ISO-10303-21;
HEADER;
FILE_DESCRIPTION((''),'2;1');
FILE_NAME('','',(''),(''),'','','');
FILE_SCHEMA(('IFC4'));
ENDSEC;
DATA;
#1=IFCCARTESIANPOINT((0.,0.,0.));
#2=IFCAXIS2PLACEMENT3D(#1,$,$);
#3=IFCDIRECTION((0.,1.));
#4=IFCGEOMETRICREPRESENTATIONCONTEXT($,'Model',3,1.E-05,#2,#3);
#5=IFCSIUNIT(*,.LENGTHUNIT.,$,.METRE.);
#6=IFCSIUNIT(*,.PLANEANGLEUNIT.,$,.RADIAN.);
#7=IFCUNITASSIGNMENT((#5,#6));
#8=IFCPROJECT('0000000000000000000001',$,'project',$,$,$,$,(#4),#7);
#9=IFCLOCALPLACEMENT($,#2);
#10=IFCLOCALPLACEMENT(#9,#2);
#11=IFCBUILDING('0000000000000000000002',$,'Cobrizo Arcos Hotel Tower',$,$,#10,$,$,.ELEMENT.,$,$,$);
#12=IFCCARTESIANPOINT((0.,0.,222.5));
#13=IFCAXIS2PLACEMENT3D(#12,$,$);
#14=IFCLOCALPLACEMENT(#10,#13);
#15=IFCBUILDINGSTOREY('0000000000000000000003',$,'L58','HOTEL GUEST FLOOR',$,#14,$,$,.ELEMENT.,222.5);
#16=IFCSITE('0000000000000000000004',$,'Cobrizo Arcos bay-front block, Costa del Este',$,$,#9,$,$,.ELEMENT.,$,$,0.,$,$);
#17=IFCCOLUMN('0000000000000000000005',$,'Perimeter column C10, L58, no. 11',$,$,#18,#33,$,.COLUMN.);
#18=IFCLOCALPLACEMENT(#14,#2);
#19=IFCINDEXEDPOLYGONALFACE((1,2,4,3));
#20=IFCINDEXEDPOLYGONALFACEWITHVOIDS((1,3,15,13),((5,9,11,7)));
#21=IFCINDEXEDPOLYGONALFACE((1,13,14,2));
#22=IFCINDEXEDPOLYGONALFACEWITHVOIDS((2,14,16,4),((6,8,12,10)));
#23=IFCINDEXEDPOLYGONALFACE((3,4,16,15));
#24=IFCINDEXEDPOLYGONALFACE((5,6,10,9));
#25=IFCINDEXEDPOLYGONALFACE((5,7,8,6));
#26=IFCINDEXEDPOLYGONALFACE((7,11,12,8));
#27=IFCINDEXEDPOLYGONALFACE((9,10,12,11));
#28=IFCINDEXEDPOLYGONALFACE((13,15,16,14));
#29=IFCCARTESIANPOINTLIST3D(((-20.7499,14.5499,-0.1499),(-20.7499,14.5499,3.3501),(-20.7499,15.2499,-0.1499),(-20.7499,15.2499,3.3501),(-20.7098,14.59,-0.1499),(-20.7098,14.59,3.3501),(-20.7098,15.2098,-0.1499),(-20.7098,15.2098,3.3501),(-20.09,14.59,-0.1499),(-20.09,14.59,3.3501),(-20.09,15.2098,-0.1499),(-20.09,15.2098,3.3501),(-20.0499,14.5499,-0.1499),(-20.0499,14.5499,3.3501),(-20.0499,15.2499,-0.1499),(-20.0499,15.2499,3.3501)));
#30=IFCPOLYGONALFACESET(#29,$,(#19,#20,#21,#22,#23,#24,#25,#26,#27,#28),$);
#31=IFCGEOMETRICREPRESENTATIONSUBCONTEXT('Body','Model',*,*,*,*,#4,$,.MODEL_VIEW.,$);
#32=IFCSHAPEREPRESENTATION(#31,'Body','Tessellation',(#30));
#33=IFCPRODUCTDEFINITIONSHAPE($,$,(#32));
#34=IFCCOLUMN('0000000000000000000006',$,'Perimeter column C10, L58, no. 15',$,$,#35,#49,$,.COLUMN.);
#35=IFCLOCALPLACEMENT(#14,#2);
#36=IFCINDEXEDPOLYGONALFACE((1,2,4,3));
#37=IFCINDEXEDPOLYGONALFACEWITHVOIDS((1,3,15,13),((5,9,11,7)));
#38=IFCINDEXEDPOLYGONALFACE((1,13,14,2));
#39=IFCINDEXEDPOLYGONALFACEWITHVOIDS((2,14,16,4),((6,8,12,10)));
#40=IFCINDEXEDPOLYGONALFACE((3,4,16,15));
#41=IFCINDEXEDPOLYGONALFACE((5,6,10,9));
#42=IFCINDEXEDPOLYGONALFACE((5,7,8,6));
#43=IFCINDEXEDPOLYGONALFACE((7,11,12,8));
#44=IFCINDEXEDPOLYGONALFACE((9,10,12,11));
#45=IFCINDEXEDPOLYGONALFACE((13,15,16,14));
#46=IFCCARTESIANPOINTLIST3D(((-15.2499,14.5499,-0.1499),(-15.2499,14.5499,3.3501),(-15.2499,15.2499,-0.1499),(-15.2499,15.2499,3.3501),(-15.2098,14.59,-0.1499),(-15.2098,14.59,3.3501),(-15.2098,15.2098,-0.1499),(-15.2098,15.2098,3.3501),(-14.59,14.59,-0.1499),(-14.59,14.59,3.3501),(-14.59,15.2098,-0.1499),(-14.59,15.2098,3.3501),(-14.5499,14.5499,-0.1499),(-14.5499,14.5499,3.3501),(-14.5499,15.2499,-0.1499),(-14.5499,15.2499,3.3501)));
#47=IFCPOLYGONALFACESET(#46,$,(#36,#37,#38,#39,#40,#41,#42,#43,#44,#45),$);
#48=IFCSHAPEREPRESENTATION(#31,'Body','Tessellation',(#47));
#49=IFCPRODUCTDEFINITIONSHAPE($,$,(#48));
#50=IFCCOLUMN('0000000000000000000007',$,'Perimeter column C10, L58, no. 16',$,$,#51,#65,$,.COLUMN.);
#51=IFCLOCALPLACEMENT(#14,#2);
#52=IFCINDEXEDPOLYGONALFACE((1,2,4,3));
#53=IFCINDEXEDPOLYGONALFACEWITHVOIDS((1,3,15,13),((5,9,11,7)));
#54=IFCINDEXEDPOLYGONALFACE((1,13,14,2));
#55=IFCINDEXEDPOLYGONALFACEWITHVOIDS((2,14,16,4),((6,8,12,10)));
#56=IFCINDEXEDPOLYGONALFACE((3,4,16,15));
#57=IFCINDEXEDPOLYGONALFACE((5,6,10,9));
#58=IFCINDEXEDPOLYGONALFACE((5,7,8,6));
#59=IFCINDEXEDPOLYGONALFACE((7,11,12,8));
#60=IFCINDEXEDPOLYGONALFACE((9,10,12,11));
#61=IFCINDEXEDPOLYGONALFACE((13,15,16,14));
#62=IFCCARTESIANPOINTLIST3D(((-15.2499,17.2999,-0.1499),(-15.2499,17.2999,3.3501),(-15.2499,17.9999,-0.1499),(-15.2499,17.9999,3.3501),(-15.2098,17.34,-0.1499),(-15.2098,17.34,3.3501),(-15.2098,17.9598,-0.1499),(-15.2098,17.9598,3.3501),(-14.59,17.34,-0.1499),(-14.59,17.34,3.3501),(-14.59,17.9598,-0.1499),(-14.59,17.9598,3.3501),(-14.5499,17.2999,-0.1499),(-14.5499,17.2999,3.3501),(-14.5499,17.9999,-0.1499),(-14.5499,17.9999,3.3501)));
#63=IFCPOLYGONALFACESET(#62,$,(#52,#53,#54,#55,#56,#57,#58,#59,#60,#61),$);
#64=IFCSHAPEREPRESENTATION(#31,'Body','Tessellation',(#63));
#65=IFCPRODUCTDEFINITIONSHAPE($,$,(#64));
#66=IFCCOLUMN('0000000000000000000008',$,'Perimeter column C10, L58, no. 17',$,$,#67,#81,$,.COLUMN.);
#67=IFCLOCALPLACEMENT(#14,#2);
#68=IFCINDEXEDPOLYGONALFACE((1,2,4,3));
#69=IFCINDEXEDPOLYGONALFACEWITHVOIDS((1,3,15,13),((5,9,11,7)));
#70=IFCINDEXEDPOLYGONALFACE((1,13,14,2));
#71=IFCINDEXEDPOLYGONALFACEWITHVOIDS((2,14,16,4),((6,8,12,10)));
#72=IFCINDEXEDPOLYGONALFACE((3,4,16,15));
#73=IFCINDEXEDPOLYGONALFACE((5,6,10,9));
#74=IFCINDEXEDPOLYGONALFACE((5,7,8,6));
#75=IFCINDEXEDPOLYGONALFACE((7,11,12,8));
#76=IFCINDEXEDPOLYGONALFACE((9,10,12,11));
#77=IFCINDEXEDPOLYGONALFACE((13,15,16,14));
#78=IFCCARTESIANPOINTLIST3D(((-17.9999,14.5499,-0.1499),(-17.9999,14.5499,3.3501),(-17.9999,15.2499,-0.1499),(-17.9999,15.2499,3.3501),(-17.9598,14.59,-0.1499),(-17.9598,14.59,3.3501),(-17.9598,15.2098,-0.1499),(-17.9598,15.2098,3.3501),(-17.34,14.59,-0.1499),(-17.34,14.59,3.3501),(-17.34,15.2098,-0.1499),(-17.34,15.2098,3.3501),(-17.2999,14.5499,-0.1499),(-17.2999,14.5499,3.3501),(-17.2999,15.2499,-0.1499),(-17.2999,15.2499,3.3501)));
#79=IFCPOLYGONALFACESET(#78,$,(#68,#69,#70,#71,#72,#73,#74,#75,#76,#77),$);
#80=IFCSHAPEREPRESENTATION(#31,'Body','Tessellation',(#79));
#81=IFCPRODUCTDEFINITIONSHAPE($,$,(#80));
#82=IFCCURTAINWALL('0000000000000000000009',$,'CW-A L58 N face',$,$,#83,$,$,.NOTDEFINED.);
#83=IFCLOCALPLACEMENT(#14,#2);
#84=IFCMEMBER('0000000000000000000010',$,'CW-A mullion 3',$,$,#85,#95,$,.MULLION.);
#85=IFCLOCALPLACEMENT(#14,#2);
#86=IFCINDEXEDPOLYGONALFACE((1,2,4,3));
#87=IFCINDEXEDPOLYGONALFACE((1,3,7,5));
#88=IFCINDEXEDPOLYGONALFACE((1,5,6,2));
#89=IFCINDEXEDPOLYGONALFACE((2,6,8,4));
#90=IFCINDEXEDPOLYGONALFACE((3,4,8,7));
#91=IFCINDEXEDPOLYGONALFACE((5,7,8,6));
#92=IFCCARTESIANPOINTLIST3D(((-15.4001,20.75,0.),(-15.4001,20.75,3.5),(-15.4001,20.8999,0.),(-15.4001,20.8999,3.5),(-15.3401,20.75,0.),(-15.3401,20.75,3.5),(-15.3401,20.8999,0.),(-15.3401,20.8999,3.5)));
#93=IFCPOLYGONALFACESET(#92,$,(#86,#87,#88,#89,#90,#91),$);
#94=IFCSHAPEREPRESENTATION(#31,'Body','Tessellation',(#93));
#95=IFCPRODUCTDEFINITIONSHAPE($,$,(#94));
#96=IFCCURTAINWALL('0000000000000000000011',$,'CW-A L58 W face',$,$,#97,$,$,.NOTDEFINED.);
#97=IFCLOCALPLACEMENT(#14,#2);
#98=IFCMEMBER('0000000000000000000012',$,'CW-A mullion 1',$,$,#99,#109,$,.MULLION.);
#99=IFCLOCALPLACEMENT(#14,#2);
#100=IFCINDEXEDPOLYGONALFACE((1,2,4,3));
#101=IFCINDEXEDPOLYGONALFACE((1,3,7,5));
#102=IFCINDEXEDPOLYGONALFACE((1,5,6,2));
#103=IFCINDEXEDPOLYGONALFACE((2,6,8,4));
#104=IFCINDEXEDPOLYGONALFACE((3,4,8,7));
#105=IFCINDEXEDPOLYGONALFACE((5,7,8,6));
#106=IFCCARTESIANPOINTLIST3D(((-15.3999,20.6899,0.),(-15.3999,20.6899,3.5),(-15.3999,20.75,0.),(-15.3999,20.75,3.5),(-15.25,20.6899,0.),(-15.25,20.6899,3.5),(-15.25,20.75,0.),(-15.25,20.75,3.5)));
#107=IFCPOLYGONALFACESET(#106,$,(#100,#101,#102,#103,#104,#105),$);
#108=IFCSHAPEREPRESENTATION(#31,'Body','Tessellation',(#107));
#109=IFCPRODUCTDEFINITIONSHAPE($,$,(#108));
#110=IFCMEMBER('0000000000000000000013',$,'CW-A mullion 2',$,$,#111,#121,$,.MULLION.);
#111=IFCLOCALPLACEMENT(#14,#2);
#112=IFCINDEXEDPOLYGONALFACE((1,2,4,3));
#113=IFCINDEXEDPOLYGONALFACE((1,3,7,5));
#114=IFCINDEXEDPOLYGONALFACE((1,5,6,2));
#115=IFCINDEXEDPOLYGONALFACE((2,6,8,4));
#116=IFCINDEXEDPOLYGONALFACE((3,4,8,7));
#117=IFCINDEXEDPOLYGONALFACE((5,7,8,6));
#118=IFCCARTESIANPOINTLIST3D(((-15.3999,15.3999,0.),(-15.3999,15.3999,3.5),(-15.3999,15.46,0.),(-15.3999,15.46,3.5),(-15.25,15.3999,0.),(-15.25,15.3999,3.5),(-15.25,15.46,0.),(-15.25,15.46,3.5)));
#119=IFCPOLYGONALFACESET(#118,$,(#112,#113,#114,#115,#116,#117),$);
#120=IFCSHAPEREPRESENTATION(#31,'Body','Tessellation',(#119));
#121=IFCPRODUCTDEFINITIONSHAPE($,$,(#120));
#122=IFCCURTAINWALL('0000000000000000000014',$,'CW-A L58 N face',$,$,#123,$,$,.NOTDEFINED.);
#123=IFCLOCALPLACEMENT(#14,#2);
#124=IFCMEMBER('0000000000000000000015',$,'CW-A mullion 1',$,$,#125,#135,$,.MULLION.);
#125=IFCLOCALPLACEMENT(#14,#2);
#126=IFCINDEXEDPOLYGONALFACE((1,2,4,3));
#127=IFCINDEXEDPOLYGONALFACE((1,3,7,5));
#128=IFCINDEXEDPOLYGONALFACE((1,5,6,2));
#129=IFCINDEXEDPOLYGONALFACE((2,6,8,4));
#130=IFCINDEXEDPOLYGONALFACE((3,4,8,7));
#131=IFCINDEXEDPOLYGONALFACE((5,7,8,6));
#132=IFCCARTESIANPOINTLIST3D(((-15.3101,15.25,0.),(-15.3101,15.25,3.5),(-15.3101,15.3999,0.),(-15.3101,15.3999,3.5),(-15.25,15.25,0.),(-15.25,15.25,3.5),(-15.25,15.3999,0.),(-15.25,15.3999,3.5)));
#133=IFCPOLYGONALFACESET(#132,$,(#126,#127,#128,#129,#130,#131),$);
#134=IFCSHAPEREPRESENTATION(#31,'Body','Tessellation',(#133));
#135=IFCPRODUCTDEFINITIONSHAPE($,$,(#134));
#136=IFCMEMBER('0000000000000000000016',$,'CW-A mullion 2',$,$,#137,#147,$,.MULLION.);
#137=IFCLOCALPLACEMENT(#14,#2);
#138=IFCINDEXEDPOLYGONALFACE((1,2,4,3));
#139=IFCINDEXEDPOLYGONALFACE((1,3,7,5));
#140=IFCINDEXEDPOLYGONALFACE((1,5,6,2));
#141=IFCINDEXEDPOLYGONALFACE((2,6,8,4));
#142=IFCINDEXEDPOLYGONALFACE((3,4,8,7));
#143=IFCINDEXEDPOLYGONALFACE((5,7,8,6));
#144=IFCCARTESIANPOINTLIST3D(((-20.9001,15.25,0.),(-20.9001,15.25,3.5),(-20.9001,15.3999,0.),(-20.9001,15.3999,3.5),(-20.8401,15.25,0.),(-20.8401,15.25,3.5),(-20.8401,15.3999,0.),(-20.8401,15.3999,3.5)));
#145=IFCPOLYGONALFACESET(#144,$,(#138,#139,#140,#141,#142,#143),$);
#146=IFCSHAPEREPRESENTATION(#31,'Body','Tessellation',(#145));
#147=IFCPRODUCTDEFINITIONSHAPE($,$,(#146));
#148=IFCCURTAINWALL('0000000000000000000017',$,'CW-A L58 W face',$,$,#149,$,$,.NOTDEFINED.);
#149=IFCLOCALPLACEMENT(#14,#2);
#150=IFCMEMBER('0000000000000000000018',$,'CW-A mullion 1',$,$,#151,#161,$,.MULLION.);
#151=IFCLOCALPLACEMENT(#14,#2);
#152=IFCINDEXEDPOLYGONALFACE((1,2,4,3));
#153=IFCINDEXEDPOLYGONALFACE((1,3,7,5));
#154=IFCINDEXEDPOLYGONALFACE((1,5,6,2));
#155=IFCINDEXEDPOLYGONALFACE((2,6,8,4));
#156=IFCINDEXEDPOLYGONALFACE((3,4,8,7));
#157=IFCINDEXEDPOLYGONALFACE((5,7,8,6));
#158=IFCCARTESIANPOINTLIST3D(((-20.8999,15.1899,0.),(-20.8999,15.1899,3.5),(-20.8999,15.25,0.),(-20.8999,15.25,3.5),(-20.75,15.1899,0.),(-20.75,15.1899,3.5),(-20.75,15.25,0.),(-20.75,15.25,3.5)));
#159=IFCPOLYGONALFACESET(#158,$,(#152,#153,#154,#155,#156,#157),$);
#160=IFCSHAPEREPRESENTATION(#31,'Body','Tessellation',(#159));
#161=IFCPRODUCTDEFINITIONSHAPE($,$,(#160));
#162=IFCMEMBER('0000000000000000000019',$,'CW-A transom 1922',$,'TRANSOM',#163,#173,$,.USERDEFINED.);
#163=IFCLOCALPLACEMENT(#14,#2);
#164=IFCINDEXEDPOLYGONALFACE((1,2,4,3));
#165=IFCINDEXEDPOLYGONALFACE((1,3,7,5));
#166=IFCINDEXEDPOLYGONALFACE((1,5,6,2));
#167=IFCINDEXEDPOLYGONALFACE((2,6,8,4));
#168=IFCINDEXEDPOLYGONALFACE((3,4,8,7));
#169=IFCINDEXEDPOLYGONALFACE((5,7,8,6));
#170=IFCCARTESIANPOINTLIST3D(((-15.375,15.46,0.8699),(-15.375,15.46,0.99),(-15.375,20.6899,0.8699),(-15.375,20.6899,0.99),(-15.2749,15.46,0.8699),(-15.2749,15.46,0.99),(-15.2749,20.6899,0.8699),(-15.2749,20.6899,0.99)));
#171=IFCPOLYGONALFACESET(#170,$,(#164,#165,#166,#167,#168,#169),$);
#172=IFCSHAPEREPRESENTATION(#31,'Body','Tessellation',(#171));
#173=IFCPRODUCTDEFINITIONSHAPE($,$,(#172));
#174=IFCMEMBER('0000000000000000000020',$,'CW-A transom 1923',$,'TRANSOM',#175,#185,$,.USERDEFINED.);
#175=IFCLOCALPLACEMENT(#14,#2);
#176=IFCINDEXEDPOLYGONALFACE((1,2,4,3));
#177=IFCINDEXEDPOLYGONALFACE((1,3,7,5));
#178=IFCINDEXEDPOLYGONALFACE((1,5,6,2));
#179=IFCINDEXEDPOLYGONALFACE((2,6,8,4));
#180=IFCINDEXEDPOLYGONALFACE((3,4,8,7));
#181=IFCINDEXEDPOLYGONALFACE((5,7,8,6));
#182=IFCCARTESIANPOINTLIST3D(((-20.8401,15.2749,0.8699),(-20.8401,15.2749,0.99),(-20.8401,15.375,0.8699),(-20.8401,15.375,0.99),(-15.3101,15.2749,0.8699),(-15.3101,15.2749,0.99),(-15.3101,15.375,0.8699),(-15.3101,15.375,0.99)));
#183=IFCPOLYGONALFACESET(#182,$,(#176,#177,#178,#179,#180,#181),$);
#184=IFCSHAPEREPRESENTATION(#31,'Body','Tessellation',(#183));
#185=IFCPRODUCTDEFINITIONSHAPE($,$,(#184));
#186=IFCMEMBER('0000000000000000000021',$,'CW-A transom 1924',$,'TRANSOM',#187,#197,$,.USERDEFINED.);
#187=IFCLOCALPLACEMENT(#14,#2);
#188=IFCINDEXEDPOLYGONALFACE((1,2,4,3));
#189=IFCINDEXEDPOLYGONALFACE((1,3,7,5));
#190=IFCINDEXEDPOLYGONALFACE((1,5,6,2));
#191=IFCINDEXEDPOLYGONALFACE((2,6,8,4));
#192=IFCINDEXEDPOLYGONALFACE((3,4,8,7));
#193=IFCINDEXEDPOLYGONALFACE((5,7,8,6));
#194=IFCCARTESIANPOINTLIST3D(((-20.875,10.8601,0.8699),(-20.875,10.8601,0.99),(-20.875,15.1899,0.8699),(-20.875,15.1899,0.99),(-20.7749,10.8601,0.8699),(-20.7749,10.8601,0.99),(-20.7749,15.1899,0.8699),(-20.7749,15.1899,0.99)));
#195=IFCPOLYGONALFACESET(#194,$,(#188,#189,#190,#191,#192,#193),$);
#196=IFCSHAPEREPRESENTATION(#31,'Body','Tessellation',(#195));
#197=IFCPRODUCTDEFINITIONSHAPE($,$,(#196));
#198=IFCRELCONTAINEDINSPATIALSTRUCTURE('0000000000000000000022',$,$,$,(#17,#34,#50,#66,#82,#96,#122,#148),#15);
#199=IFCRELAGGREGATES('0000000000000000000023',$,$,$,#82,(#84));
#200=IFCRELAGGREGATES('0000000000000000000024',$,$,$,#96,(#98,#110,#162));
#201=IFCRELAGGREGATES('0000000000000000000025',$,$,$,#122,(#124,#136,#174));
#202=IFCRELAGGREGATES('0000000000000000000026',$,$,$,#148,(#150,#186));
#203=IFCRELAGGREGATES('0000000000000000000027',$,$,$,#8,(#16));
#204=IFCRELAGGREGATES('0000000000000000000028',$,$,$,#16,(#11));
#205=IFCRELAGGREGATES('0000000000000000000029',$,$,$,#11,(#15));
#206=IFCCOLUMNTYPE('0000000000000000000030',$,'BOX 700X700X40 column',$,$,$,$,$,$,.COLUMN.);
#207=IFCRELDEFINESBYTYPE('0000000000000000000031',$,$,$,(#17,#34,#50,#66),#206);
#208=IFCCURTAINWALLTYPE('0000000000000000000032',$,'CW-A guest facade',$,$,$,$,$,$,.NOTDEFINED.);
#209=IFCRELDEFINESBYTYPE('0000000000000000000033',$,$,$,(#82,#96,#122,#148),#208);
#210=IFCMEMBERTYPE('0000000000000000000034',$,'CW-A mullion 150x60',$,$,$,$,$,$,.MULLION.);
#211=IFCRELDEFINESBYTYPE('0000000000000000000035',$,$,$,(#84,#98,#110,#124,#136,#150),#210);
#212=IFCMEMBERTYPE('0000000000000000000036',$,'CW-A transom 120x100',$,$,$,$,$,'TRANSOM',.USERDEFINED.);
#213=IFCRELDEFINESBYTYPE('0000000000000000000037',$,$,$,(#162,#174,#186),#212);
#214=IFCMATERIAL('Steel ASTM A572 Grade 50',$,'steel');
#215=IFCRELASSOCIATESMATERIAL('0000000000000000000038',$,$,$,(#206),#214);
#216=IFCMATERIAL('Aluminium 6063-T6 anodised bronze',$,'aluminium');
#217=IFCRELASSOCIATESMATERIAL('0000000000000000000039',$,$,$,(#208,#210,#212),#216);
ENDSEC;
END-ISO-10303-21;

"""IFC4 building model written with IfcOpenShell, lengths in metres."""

from ifc_helpers import new_model, si_unit, direction, frame, origin, origin_2d, place, context, subcontext, project, spatial, rectangle, hollow_rectangle, extrude, material, material_profile, profile_set, type_object, element, aggregate, save


model = new_model("IFC4")

# Units and contexts
model_context = context("Model", 3, precision=1e-05, world=origin(), true_north=direction((0.0, 1.0)))
body_context = subcontext(model_context, "Body", "Model", "MODEL_VIEW")
ifc_project = project(units=[si_unit("LENGTHUNIT", "METRE"), si_unit("PLANEANGLEUNIT", "RADIAN")], contexts=[model_context])

# Site, building, storey
site_placement = place(None, origin())
site = spatial("IfcSite", under=ifc_project, at=site_placement, Name="Cobrizo Arcos bay-front block, Costa del Este", CompositionType="ELEMENT", RefElevation=0.0)
building_placement = place(site_placement, origin())
building = spatial("IfcBuilding", under=site, at=building_placement, Name="Cobrizo Arcos Hotel Tower", CompositionType="ELEMENT")
storey_placement = place(building_placement, frame((0.0, 0.0, 222.5)))
storey = spatial("IfcBuildingStorey", under=building, at=storey_placement, Name="L58", Description="HOTEL GUEST FLOOR", CompositionType="ELEMENT", Elevation=222.5)

# Columns
ifc_material_1 = material(Name="Steel ASTM A572 Grade 50", Category="steel")
ifc_material_profile_1 = material_profile(ifc_material_1, hollow_rectangle(XDim=0.7, YDim=0.7, WallThickness=0.04, at=origin_2d()), Name="BOX 700X700X40")
ifc_profile_set_1 = profile_set([ifc_material_profile_1], Name="Steel ASTM A572 Grade 50")
column_type = type_object("IfcColumnType", Name="BOX 700X700X40 column", PredefinedType="COLUMN", material=ifc_profile_set_1)
for number, where, z_axis, x_axis, name in (
    (1, (-20.3999, 14.8999, -0.1499), (0.0, 0.0, 1.0), (1.0, 0.0, 0.0), "Perimeter column C10, L58, no. 11"),
    (2, (-14.8999, 14.8999, -0.1499), (0.0, 0.0, 1.0), (1.0, 0.0, 0.0), "Perimeter column C10, L58, no. 15"),
    (3, (-14.8999, 17.6499, -0.1499), (0.0, 0.0, 1.0), (1.0, 0.0, 0.0), "Perimeter column C10, L58, no. 16"),
    (4, (-17.6499, 14.8999, -0.1499), (0.0, 0.0, 1.0), (1.0, 0.0, 0.0), "Perimeter column C10, L58, no. 17"),
):
    element("IfcColumn", number, at=place(storey_placement, frame(where, z_axis=z_axis, x_axis=x_axis)), inside=storey, type_object=column_type, Name=name, PredefinedType="COLUMN", context=body_context, shape_type="SweptSolid", body=[
        extrude(hollow_rectangle(XDim=0.7, YDim=0.7, WallThickness=0.04, at=origin_2d()), origin(), (0.0, 0.0, 1.0), 3.5),
    ])

# Curtain wall, member
ifc_material_2 = material(Name="Aluminium 6063-T6 anodised bronze", Category="aluminium")
curtain_wall_type = type_object("IfcCurtainWallType", Name="CW-A guest facade", PredefinedType="NOTDEFINED", material=ifc_material_2)
curtain_wall_1_placement = place(storey_placement, origin())
curtain_wall_1 = element("IfcCurtainWall", 5, at=curtain_wall_1_placement, inside=storey, type_object=curtain_wall_type, Name="CW-A L58 N face", PredefinedType="NOTDEFINED")
ifc_material_profile_2 = material_profile(ifc_material_2, rectangle(XDim=0.1499, YDim=0.0601, at=origin_2d()), Name="CW-A mullion 150x60")
ifc_profile_set_2 = profile_set([ifc_material_profile_2], Name="Aluminium 6063-T6 anodised bronze")
member_type_1 = type_object("IfcMemberType", Name="CW-A mullion 150x60", PredefinedType="MULLION", material=ifc_profile_set_2)
member_1_placement = place(storey_placement, frame((-15.3701, 20.825, 0.0), z_axis=(0.0, 0.0, 1.0), x_axis=(0.0, 1.0, 0.0)))
member_1 = element("IfcMember", 6, at=member_1_placement, type_object=member_type_1, Name="CW-A mullion 3", PredefinedType="MULLION", context=body_context, shape_type="SweptSolid", body=[
    extrude(rectangle(XDim=0.1499, YDim=0.0601, at=origin_2d()), origin(), (0.0, 0.0, 1.0), 3.5),
])
aggregate(curtain_wall_1, [member_1])

# Curtain walls, members
curtain_wall_2_placement = place(storey_placement, origin())
curtain_wall_2 = element("IfcCurtainWall", 7, at=curtain_wall_2_placement, inside=storey, type_object=curtain_wall_type, Name="CW-A L58 W face", PredefinedType="NOTDEFINED")
member_2_placement = place(storey_placement, frame((-15.325, 20.72, 0.0), z_axis=(0.0, 0.0, 1.0), x_axis=(-1.0, 0.0, 0.0)))
member_2 = element("IfcMember", 8, at=member_2_placement, type_object=member_type_1, Name="CW-A mullion 1", PredefinedType="MULLION", context=body_context, shape_type="SweptSolid", body=[
    extrude(rectangle(XDim=0.1499, YDim=0.0601, at=origin_2d()), origin(), (0.0, 0.0, 1.0), 3.5),
])
member_3_placement = place(storey_placement, frame((-15.325, 15.4299, 0.0), z_axis=(0.0, 0.0, 1.0), x_axis=(-1.0, 0.0, 0.0)))
member_3 = element("IfcMember", 9, at=member_3_placement, type_object=member_type_1, Name="CW-A mullion 2", PredefinedType="MULLION", context=body_context, shape_type="SweptSolid", body=[
    extrude(rectangle(XDim=0.1499, YDim=0.0601, at=origin_2d()), origin(), (0.0, 0.0, 1.0), 3.5),
])
curtain_wall_3_placement = place(storey_placement, origin())
curtain_wall_3 = element("IfcCurtainWall", 10, at=curtain_wall_3_placement, inside=storey, type_object=curtain_wall_type, Name="CW-A L58 N face", PredefinedType="NOTDEFINED")
member_4_placement = place(storey_placement, frame((-15.28, 15.325, 0.0), z_axis=(0.0, 0.0, 1.0), x_axis=(0.0, 1.0, 0.0)))
member_4 = element("IfcMember", 11, at=member_4_placement, type_object=member_type_1, Name="CW-A mullion 1", PredefinedType="MULLION", context=body_context, shape_type="SweptSolid", body=[
    extrude(rectangle(XDim=0.1499, YDim=0.0601, at=origin_2d()), origin(), (0.0, 0.0, 1.0), 3.5),
])
member_5_placement = place(storey_placement, frame((-20.8701, 15.325, 0.0), z_axis=(0.0, 0.0, 1.0), x_axis=(0.0, 1.0, 0.0)))
member_5 = element("IfcMember", 12, at=member_5_placement, type_object=member_type_1, Name="CW-A mullion 2", PredefinedType="MULLION", context=body_context, shape_type="SweptSolid", body=[
    extrude(rectangle(XDim=0.1499, YDim=0.0601, at=origin_2d()), origin(), (0.0, 0.0, 1.0), 3.5),
])

# Curtain wall, member
curtain_wall_4_placement = place(storey_placement, origin())
curtain_wall_4 = element("IfcCurtainWall", 13, at=curtain_wall_4_placement, inside=storey, type_object=curtain_wall_type, Name="CW-A L58 W face", PredefinedType="NOTDEFINED")
member_6_placement = place(storey_placement, frame((-20.825, 15.22, 0.0), z_axis=(0.0, 0.0, 1.0), x_axis=(-1.0, 0.0, 0.0)))
member_6 = element("IfcMember", 14, at=member_6_placement, type_object=member_type_1, Name="CW-A mullion 1", PredefinedType="MULLION", context=body_context, shape_type="SweptSolid", body=[
    extrude(rectangle(XDim=0.1499, YDim=0.0601, at=origin_2d()), origin(), (0.0, 0.0, 1.0), 3.5),
])

# Members
ifc_material_profile_3 = material_profile(ifc_material_2, rectangle(XDim=0.1001, YDim=0.1201, at=origin_2d()), Name="CW-A transom 120x100")
ifc_profile_set_3 = profile_set([ifc_material_profile_3], Name="Aluminium 6063-T6 anodised bronze")
member_type_2 = type_object("IfcMemberType", Name="CW-A transom 120x100", ElementType="TRANSOM", PredefinedType="USERDEFINED", material=ifc_profile_set_3)
member_7_placement = place(storey_placement, frame((-15.325, 20.6899, 0.9299), z_axis=(0.0, -1.0, 0.0), x_axis=(1.0, 0.0, 0.0)))
member_7 = element("IfcMember", 15, at=member_7_placement, type_object=member_type_2, Name="CW-A transom 1922", ObjectType="TRANSOM", PredefinedType="USERDEFINED", context=body_context, shape_type="SweptSolid", body=[
    extrude(rectangle(XDim=0.1001, YDim=0.1201, at=origin_2d()), origin(), (0.0, 0.0, 1.0), 5.23),
])
member_8_placement = place(storey_placement, frame((-15.3101, 15.325, 0.9299), z_axis=(-1.0, 0.0, 0.0), x_axis=(0.0, -1.0, 0.0)))
member_8 = element("IfcMember", 16, at=member_8_placement, type_object=member_type_2, Name="CW-A transom 1923", ObjectType="TRANSOM", PredefinedType="USERDEFINED", context=body_context, shape_type="SweptSolid", body=[
    extrude(rectangle(XDim=0.1001, YDim=0.1201, at=origin_2d()), origin(), (0.0, 0.0, 1.0), 5.53),
])
member_9_placement = place(storey_placement, frame((-20.825, 15.1899, 0.9299), z_axis=(0.0, -1.0, 0.0), x_axis=(1.0, 0.0, 0.0)))
member_9 = element("IfcMember", 17, at=member_9_placement, type_object=member_type_2, Name="CW-A transom 1924", ObjectType="TRANSOM", PredefinedType="USERDEFINED", context=body_context, shape_type="SweptSolid", body=[
    extrude(rectangle(XDim=0.1001, YDim=0.1201, at=origin_2d()), origin(), (0.0, 0.0, 1.0), 4.3298),
])

aggregate(curtain_wall_2, [member_2, member_3, member_7])
aggregate(curtain_wall_3, [member_4, member_5, member_8])
aggregate(curtain_wall_4, [member_6, member_9])

save(model, "model.ifc")
